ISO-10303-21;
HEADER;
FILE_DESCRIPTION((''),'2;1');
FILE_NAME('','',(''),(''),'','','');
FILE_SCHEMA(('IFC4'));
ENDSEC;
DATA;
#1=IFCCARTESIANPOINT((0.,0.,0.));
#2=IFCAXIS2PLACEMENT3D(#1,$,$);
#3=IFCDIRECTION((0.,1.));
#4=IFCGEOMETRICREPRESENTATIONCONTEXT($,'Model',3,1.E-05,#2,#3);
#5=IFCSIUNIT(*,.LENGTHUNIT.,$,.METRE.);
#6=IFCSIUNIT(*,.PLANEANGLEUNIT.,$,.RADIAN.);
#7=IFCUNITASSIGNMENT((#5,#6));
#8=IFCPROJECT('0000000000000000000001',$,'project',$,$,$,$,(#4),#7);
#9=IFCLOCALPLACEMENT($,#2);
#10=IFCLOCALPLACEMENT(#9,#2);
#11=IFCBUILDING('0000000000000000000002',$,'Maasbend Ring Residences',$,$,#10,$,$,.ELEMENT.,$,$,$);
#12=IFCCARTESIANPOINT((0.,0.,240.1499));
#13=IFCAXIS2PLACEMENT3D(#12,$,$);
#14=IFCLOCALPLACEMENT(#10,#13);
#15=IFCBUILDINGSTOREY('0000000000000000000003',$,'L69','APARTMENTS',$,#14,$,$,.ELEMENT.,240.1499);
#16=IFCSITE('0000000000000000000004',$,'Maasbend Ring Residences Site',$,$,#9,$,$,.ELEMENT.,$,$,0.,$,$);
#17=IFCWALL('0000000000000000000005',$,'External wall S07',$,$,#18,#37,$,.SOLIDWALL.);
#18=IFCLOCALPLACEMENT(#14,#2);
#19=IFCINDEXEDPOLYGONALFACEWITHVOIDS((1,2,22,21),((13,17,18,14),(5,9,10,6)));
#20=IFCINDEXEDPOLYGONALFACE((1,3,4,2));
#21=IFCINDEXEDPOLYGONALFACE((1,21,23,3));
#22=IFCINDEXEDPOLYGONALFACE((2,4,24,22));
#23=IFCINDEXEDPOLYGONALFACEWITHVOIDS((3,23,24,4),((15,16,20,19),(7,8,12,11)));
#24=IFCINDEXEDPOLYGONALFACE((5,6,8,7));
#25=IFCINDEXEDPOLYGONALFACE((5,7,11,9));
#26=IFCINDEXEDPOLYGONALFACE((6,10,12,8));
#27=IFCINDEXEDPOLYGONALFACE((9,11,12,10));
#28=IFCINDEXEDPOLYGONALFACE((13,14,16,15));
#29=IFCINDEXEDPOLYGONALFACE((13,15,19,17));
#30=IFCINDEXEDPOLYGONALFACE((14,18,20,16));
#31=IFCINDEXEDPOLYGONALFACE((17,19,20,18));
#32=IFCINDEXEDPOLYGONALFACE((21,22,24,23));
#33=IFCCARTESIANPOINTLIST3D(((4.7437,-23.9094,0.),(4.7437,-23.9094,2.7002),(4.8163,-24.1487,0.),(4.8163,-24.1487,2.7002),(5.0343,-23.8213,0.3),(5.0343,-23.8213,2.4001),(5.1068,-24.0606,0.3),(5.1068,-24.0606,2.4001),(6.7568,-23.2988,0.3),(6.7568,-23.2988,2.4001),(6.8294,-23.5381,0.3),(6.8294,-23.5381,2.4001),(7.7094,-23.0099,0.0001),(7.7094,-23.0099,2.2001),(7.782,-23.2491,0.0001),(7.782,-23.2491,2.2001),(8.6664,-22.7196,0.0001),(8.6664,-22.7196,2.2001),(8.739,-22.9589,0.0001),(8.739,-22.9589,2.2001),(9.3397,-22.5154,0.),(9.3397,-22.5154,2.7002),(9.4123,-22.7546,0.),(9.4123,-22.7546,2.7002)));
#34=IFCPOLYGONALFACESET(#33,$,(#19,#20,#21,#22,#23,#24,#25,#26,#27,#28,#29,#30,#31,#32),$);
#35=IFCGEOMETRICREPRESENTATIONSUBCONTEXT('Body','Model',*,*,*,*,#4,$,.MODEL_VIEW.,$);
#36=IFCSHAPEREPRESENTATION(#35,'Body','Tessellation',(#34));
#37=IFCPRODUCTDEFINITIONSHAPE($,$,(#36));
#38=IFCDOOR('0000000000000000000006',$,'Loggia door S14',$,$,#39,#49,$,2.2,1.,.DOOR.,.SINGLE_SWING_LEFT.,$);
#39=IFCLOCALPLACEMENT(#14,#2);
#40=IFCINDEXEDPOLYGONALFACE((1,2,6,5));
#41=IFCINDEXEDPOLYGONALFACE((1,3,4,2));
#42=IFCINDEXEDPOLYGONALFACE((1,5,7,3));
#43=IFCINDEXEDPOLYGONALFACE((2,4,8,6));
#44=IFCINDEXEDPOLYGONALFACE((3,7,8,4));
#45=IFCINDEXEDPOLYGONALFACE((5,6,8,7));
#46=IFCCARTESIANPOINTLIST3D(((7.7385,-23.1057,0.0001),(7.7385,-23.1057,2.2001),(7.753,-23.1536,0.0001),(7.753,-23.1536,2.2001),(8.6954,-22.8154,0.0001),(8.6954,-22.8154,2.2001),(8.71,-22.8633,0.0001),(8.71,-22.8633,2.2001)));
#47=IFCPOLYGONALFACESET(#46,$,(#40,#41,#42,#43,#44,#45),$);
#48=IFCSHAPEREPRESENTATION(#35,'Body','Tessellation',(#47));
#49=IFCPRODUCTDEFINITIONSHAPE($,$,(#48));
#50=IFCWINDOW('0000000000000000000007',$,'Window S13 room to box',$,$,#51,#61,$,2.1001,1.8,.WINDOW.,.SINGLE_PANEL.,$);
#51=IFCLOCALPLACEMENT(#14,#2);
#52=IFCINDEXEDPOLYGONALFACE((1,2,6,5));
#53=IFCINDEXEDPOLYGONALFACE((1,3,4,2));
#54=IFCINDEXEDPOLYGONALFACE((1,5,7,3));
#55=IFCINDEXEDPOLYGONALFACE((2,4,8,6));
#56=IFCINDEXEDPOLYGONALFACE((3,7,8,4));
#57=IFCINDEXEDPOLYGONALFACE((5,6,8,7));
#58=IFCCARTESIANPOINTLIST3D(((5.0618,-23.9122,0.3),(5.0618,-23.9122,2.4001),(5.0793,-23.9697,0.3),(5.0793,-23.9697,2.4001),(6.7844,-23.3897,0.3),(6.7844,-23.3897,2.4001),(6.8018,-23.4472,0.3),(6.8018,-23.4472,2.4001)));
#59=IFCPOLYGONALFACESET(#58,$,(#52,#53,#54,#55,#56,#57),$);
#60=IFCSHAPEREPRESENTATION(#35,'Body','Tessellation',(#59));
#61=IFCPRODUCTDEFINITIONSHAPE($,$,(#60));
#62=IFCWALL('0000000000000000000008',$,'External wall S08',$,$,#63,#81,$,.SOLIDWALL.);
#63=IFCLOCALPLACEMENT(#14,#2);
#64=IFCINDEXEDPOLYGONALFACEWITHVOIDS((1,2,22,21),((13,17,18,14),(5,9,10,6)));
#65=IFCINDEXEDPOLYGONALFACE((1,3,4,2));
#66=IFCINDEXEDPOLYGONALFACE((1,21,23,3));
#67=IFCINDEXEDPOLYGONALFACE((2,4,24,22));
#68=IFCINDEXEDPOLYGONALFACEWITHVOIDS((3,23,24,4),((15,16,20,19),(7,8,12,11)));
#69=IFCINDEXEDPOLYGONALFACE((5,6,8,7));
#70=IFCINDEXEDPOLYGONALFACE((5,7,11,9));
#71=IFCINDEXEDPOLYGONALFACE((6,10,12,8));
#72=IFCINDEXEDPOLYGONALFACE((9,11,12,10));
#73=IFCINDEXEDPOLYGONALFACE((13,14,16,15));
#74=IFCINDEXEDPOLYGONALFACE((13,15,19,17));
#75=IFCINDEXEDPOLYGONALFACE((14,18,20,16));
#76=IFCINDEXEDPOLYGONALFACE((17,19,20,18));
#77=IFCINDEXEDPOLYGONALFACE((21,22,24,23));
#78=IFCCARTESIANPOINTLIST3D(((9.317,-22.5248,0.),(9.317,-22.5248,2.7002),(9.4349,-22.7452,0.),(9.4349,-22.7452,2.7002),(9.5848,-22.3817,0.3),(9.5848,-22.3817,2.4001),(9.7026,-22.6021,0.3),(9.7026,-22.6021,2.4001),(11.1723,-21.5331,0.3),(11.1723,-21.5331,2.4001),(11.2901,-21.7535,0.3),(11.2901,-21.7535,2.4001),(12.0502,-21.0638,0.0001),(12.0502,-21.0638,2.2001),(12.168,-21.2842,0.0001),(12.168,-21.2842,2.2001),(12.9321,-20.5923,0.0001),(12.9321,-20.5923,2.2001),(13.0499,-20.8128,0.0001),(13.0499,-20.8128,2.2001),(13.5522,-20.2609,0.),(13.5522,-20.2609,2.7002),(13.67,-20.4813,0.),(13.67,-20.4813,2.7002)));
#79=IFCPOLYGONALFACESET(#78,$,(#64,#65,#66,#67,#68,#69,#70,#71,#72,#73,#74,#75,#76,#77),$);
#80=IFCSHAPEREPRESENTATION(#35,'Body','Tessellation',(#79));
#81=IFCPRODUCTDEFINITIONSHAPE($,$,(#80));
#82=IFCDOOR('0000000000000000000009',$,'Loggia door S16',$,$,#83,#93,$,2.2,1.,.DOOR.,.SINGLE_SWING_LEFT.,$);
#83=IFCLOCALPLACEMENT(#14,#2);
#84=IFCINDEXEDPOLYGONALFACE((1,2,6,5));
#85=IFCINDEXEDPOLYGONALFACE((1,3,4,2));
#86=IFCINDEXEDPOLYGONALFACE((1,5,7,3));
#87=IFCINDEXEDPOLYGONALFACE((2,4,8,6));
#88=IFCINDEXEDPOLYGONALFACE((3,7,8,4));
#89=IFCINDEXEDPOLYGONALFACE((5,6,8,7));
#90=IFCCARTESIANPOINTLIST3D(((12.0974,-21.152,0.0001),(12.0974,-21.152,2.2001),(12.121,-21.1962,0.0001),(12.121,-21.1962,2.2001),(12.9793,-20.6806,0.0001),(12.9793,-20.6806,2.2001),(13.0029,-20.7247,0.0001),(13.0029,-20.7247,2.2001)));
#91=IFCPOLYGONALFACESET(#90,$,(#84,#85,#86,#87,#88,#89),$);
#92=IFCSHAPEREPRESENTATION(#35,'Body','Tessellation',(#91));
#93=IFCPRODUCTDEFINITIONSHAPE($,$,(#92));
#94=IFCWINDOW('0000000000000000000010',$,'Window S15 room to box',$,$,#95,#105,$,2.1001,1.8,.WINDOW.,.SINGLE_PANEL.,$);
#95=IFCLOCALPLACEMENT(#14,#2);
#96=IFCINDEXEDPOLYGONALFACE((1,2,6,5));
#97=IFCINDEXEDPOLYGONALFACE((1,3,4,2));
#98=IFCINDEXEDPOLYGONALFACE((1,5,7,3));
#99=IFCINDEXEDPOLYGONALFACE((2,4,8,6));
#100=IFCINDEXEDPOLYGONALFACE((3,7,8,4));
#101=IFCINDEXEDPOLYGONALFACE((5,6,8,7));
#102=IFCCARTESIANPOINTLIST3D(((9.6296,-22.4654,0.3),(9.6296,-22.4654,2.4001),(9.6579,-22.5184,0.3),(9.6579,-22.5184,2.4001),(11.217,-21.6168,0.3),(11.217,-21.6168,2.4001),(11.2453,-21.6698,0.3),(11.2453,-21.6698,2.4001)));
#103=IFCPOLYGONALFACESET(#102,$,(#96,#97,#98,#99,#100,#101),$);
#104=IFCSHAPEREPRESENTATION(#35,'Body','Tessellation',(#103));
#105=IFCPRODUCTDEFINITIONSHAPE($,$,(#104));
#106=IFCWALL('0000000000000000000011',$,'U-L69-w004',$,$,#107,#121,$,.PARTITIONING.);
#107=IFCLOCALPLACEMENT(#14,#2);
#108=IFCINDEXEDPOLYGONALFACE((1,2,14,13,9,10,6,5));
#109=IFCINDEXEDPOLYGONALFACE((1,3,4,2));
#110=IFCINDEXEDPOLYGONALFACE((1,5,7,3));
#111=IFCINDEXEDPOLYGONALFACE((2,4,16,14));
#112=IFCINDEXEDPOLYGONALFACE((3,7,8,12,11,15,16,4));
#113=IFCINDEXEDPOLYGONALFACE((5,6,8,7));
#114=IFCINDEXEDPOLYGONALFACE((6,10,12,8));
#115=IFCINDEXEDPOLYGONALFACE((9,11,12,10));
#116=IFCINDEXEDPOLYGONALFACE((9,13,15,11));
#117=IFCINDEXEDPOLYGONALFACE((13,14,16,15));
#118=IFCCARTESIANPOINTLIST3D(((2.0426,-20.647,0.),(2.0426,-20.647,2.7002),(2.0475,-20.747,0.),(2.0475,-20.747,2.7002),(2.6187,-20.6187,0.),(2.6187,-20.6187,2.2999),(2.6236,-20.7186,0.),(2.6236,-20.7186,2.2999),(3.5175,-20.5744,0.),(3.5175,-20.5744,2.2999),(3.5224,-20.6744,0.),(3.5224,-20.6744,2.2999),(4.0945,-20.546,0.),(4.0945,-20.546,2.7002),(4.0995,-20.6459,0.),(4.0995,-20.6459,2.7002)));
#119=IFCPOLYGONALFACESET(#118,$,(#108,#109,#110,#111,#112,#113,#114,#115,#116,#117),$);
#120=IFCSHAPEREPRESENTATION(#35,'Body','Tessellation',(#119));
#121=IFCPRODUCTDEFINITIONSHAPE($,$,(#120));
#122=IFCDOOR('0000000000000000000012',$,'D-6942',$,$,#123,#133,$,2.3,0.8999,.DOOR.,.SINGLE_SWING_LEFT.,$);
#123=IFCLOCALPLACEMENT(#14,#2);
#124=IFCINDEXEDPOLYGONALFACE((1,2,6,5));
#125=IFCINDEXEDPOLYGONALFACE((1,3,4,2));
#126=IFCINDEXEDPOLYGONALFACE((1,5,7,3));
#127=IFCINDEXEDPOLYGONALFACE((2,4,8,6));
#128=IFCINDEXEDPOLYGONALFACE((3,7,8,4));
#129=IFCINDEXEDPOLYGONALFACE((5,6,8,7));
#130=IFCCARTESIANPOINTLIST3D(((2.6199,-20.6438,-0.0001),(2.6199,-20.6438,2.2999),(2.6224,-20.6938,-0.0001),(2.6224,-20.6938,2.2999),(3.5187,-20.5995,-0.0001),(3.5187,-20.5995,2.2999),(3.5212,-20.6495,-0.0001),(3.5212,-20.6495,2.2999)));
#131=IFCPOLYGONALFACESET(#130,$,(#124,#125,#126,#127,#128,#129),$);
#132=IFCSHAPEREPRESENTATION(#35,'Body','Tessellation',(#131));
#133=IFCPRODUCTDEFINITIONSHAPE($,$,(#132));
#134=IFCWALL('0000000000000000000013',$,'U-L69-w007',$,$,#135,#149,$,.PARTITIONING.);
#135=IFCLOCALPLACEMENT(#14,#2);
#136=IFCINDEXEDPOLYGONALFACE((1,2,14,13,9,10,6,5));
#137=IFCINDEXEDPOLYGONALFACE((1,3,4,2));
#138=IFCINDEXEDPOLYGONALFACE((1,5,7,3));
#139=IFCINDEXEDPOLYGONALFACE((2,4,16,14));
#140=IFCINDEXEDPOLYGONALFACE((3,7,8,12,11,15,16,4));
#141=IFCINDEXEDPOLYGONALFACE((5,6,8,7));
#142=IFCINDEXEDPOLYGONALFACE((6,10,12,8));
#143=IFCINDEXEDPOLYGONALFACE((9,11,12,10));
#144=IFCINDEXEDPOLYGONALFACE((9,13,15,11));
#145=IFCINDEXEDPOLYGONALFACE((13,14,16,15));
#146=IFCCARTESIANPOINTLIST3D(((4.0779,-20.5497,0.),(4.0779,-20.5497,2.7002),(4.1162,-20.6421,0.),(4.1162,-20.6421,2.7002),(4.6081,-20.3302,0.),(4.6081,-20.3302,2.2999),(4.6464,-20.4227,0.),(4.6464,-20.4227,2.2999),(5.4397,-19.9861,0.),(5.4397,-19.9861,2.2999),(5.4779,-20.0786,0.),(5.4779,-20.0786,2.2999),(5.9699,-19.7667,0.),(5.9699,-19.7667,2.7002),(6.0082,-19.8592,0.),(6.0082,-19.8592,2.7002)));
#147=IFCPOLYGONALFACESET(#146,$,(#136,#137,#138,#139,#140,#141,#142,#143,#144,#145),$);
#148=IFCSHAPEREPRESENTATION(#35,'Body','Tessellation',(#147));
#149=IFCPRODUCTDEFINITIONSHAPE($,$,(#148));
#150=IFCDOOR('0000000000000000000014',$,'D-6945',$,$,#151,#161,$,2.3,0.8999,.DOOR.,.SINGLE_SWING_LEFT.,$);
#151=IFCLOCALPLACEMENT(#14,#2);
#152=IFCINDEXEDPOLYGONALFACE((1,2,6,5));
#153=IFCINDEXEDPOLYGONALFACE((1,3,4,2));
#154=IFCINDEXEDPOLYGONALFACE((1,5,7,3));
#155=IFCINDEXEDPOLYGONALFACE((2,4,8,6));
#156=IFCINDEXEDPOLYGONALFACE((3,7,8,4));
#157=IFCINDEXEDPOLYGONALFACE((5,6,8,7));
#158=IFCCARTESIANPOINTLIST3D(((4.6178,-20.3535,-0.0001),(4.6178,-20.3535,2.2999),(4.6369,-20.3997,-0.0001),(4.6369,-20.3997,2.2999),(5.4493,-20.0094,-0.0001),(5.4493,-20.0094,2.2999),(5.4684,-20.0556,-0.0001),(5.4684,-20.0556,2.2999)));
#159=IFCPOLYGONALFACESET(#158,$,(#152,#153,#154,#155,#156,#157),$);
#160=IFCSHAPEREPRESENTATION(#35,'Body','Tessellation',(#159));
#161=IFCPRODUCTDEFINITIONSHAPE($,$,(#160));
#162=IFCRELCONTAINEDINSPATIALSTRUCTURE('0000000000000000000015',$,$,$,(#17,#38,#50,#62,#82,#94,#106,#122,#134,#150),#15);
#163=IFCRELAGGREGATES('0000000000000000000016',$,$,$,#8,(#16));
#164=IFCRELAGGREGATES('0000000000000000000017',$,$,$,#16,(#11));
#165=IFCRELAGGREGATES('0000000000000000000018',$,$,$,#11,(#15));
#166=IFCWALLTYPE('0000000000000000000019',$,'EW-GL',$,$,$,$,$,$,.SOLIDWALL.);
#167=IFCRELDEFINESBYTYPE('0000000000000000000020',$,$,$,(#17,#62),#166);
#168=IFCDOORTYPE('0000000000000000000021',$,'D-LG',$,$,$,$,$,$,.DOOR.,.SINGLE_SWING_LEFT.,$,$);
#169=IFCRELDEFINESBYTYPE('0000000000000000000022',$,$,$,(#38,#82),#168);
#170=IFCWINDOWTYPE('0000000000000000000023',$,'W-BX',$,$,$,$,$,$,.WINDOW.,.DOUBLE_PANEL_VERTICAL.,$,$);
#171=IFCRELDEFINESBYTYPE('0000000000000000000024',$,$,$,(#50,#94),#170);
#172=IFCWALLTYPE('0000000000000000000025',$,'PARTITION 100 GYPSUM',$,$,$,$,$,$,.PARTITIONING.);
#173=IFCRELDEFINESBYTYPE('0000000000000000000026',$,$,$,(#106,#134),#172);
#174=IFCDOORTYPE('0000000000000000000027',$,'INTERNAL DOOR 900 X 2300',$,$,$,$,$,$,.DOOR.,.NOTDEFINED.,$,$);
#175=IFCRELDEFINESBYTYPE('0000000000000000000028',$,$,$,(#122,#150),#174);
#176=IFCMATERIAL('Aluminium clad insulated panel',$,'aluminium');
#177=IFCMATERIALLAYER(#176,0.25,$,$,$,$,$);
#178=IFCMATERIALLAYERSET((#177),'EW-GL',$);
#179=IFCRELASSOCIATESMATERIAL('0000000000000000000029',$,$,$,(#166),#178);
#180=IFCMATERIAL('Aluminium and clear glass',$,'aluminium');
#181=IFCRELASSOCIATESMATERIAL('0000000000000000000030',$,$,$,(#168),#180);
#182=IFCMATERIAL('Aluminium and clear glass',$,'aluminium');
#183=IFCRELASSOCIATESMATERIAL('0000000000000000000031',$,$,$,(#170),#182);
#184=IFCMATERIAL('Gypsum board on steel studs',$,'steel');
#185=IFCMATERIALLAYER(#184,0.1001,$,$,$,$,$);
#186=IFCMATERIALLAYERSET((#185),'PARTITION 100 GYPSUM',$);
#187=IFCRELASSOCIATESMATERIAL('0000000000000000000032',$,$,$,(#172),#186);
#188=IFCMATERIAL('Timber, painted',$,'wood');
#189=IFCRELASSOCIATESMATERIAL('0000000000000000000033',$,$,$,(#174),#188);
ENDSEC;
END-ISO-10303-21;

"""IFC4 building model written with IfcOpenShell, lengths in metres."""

from ifc_helpers import new_model, si_unit, direction, frame, frame_2d, origin, place, context, subcontext, project, spatial, rectangle, extrude, material, layer, layer_set, type_object, element, fill, save


model = new_model("IFC4")

# Units and contexts
model_context = context("Model", 3, precision=1e-05, world=origin(), true_north=direction((0.0, 1.0)))
body_context = subcontext(model_context, "Body", "Model", "MODEL_VIEW")
ifc_project = project(units=[si_unit("LENGTHUNIT", "METRE"), si_unit("PLANEANGLEUNIT", "RADIAN")], contexts=[model_context])

# Site, building, storey
site_placement = place(None, origin())
site = spatial("IfcSite", under=ifc_project, at=site_placement, Name="Maasbend Ring Residences Site", CompositionType="ELEMENT", RefElevation=0.0)
building_placement = place(site_placement, origin())
building = spatial("IfcBuilding", under=site, at=building_placement, Name="Maasbend Ring Residences", CompositionType="ELEMENT")
storey_placement = place(building_placement, frame((0.0, 0.0, 240.1499)))
storey = spatial("IfcBuildingStorey", under=building, at=storey_placement, Name="L69", Description="APARTMENTS", CompositionType="ELEMENT", Elevation=240.1499)

# Walls, openings, doors, windows
ifc_material_1 = material(Name="Aluminium clad insulated panel", Category="aluminium")
ifc_layer_1 = layer(ifc_material_1, 0.25)
ifc_layer_set_1 = layer_set([ifc_layer_1], Name="EW-GL")
wall_type_1 = type_object("IfcWallType", Name="EW-GL", PredefinedType="SOLIDWALL", material=ifc_layer_set_1)
wall_1_placement = place(storey_placement, frame((4.78, -24.0291, 0.0), z_axis=(0.0, 0.0, 1.0), x_axis=(0.956947, 0.290261, 0.0)))
wall_1 = element("IfcWall", 1, at=wall_1_placement, inside=storey, type_object=wall_type_1, Name="External wall S07", PredefinedType="SOLIDWALL", context=body_context, shape_type="SweptSolid", body=[
    extrude(rectangle(XDim=4.8027, YDim=0.25, at=frame_2d((2.4014, 0.0))), origin(), (0.0, 0.0, 1.0), 2.7002),
])
opening_1_placement = place(wall_1_placement, frame((0.3037, 0.0, 0.3)))
opening_1 = element("IfcOpeningElement", 2, at=opening_1_placement, cuts=wall_1, PredefinedType="OPENING", context=body_context, shape_type="SweptSolid", body=[
    extrude(rectangle(XDim=1.8, YDim=2.1001, at=frame_2d((0.8999, 1.05))), frame((0.0, 0.135, 0.0), z_axis=(0.0, -1.0, 0.0), x_axis=(1.0, 0.0, 0.0)), (0.0, 0.0, 1.0), 0.27),
])
opening_2_placement = place(wall_1_placement, frame((3.0991, 0.0, 0.0)))
opening_2 = element("IfcOpeningElement", 3, at=opening_2_placement, cuts=wall_1, PredefinedType="OPENING", context=body_context, shape_type="SweptSolid", body=[
    extrude(rectangle(XDim=1.0, YDim=2.2, at=frame_2d((0.5, 1.1001))), frame((0.0, 0.135, 0.0), z_axis=(0.0, -1.0, 0.0), x_axis=(1.0, 0.0, 0.0)), (0.0, 0.0, 1.0), 0.27),
])
ifc_material_2 = material(Name="Aluminium and clear glass", Category="aluminium")
door_type_1 = type_object("IfcDoorType", Name="D-LG", OperationType="SINGLE_SWING_LEFT", PredefinedType="DOOR", material=ifc_material_2)
door_1_placement = place(opening_2_placement, origin())
door_1 = element("IfcDoor", 4, at=door_1_placement, inside=storey, type_object=door_type_1, Name="Loggia door S14", OperationType="SINGLE_SWING_LEFT", OverallHeight=2.2, OverallWidth=1.0, PredefinedType="DOOR", context=body_context, shape_type="SweptSolid", body=[
    extrude(rectangle(XDim=1.0, YDim=2.2, at=frame_2d((0.5, 1.1001))), frame((0.0, 0.0249, 0.0), z_axis=(0.0, -1.0, 0.0), x_axis=(1.0, 0.0, 0.0)), (0.0, 0.0, 1.0), 0.05),
])
fill(opening_2, door_1)
ifc_material_3 = material(Name="Aluminium and clear glass", Category="aluminium")
window_type_1 = type_object("IfcWindowType", Name="W-BX", PartitioningType="DOUBLE_PANEL_VERTICAL", PredefinedType="WINDOW", material=ifc_material_3)
window_1_placement = place(opening_1_placement, origin())
window_1 = element("IfcWindow", 5, at=window_1_placement, inside=storey, type_object=window_type_1, Name="Window S13 room to box", OverallHeight=2.1001, OverallWidth=1.8, PartitioningType="SINGLE_PANEL", PredefinedType="WINDOW", context=body_context, shape_type="SweptSolid", body=[
    extrude(rectangle(XDim=1.8, YDim=2.1001, at=frame_2d((0.8999, 1.05))), frame((0.0, 0.03, 0.0), z_axis=(0.0, -1.0, 0.0), x_axis=(1.0, 0.0, 0.0)), (0.0, 0.0, 1.0), 0.0601),
])
fill(opening_1, window_1)
wall_2_placement = place(storey_placement, frame((9.376, -22.635, 0.0), z_axis=(0.0, 0.0, 1.0), x_axis=(0.881904, 0.47143, 0.0)))
wall_2 = element("IfcWall", 6, at=wall_2_placement, inside=storey, type_object=wall_type_1, Name="External wall S08", PredefinedType="SOLIDWALL", context=body_context, shape_type="SweptSolid", body=[
    extrude(rectangle(XDim=4.8022, YDim=0.25, at=frame_2d((2.4011, 0.0))), origin(), (0.0, 0.0, 1.0), 2.7002),
])
opening_3_placement = place(wall_2_placement, frame((0.3037, 0.0, 0.3)))
opening_3 = element("IfcOpeningElement", 7, at=opening_3_placement, cuts=wall_2, PredefinedType="OPENING", context=body_context, shape_type="SweptSolid", body=[
    extrude(rectangle(XDim=1.8, YDim=2.1001, at=frame_2d((0.8999, 1.05))), frame((0.0, 0.135, 0.0), z_axis=(0.0, -1.0, 0.0), x_axis=(1.0, 0.0, 0.0)), (0.0, 0.0, 1.0), 0.27),
])
opening_4_placement = place(wall_2_placement, frame((3.0991, 0.0, 0.0)))
opening_4 = element("IfcOpeningElement", 8, at=opening_4_placement, cuts=wall_2, PredefinedType="OPENING", context=body_context, shape_type="SweptSolid", body=[
    extrude(rectangle(XDim=1.0, YDim=2.2, at=frame_2d((0.5, 1.1001))), frame((0.0, 0.135, 0.0), z_axis=(0.0, -1.0, 0.0), x_axis=(1.0, 0.0, 0.0)), (0.0, 0.0, 1.0), 0.27),
])
door_2_placement = place(opening_4_placement, origin())
door_2 = element("IfcDoor", 9, at=door_2_placement, inside=storey, type_object=door_type_1, Name="Loggia door S16", OperationType="SINGLE_SWING_LEFT", OverallHeight=2.2, OverallWidth=1.0, PredefinedType="DOOR", context=body_context, shape_type="SweptSolid", body=[
    extrude(rectangle(XDim=1.0, YDim=2.2, at=frame_2d((0.5, 1.1001))), frame((0.0, 0.0249, 0.0), z_axis=(0.0, -1.0, 0.0), x_axis=(1.0, 0.0, 0.0)), (0.0, 0.0, 1.0), 0.05),
])
fill(opening_4, door_2)
window_2_placement = place(opening_3_placement, origin())
window_2 = element("IfcWindow", 10, at=window_2_placement, inside=storey, type_object=window_type_1, Name="Window S15 room to box", OverallHeight=2.1001, OverallWidth=1.8, PartitioningType="SINGLE_PANEL", PredefinedType="WINDOW", context=body_context, shape_type="SweptSolid", body=[
    extrude(rectangle(XDim=1.8, YDim=2.1001, at=frame_2d((0.8999, 1.05))), frame((0.0, 0.03, 0.0), z_axis=(0.0, -1.0, 0.0), x_axis=(1.0, 0.0, 0.0)), (0.0, 0.0, 1.0), 0.0601),
])
fill(opening_3, window_2)

# Walls, openings, doors
ifc_material_4 = material(Name="Gypsum board on steel studs", Category="steel")
ifc_layer_2 = layer(ifc_material_4, 0.1001)
ifc_layer_set_2 = layer_set([ifc_layer_2], Name="PARTITION 100 GYPSUM")
wall_type_2 = type_object("IfcWallType", Name="PARTITION 100 GYPSUM", PredefinedType="PARTITIONING", material=ifc_layer_set_2)
wall_3_placement = place(storey_placement, frame((2.0449, -20.697, 0.0), z_axis=(0.0, 0.0, 1.0), x_axis=(0.998789, 0.049197, 0.0)))
wall_3 = element("IfcWall", 11, at=wall_3_placement, inside=storey, type_object=wall_type_2, Name="U-L69-w004", PredefinedType="PARTITIONING", context=body_context, shape_type="SweptSolid", body=[
    extrude(rectangle(XDim=2.0544, YDim=0.1001, at=frame_2d((1.0273, 0.0))), origin(), (0.0, 0.0, 1.0), 2.7002),
])
opening_5_placement = place(wall_3_placement, frame((0.5769, 0.0, 0.0)))
opening_5 = element("IfcOpeningElement", 12, at=opening_5_placement, cuts=wall_3, PredefinedType="OPENING", context=body_context, shape_type="SweptSolid", body=[
    extrude(rectangle(XDim=0.8999, YDim=2.3, at=frame_2d((0.45, 1.1499))), frame((0.0, 0.0601, 0.0), z_axis=(0.0, -1.0, 0.0), x_axis=(1.0, 0.0, 0.0)), (0.0, 0.0, 1.0), 0.1201),
])
ifc_material_5 = material(Name="Timber, painted", Category="wood")
door_type_2 = type_object("IfcDoorType", Name="INTERNAL DOOR 900 X 2300", OperationType="NOTDEFINED", PredefinedType="DOOR", material=ifc_material_5)
door_3_placement = place(opening_5_placement, origin())
door_3 = element("IfcDoor", 13, at=door_3_placement, inside=storey, type_object=door_type_2, Name="D-6942", OperationType="SINGLE_SWING_LEFT", OverallHeight=2.3, OverallWidth=0.8999, PredefinedType="DOOR", context=body_context, shape_type="SweptSolid", body=[
    extrude(rectangle(XDim=0.8999, YDim=2.3, at=frame_2d((0.45, 1.1499))), frame((0.0, 0.0249, 0.0), z_axis=(0.0, -1.0, 0.0), x_axis=(1.0, 0.0, 0.0)), (0.0, 0.0, 1.0), 0.05),
])
fill(opening_5, door_3)
wall_4_placement = place(storey_placement, frame((4.0969, -20.5959, 0.0), z_axis=(0.0, 0.0, 1.0), x_axis=(0.924012, 0.382362, 0.0)))
wall_4 = element("IfcWall", 14, at=wall_4_placement, inside=storey, type_object=wall_type_2, Name="U-L69-w007", PredefinedType="PARTITIONING", context=body_context, shape_type="SweptSolid", body=[
    extrude(rectangle(XDim=2.0476, YDim=0.1001, at=frame_2d((1.0239, 0.0))), origin(), (0.0, 0.0, 1.0), 2.7002),
])
opening_6_placement = place(wall_4_placement, frame((0.574, 0.0, 0.0)))
opening_6 = element("IfcOpeningElement", 15, at=opening_6_placement, cuts=wall_4, PredefinedType="OPENING", context=body_context, shape_type="SweptSolid", body=[
    extrude(rectangle(XDim=0.8999, YDim=2.3, at=frame_2d((0.45, 1.1499))), frame((0.0, 0.0601, 0.0), z_axis=(0.0, -1.0, 0.0), x_axis=(1.0, 0.0, 0.0)), (0.0, 0.0, 1.0), 0.1201),
])
door_4_placement = place(opening_6_placement, origin())
door_4 = element("IfcDoor", 16, at=door_4_placement, inside=storey, type_object=door_type_2, Name="D-6945", OperationType="SINGLE_SWING_LEFT", OverallHeight=2.3, OverallWidth=0.8999, PredefinedType="DOOR", context=body_context, shape_type="SweptSolid", body=[
    extrude(rectangle(XDim=0.8999, YDim=2.3, at=frame_2d((0.45, 1.1499))), frame((0.0, 0.0249, 0.0), z_axis=(0.0, -1.0, 0.0), x_axis=(1.0, 0.0, 0.0)), (0.0, 0.0, 1.0), 0.05),
])
fill(opening_6, door_4)

save(model, "model.ifc")
